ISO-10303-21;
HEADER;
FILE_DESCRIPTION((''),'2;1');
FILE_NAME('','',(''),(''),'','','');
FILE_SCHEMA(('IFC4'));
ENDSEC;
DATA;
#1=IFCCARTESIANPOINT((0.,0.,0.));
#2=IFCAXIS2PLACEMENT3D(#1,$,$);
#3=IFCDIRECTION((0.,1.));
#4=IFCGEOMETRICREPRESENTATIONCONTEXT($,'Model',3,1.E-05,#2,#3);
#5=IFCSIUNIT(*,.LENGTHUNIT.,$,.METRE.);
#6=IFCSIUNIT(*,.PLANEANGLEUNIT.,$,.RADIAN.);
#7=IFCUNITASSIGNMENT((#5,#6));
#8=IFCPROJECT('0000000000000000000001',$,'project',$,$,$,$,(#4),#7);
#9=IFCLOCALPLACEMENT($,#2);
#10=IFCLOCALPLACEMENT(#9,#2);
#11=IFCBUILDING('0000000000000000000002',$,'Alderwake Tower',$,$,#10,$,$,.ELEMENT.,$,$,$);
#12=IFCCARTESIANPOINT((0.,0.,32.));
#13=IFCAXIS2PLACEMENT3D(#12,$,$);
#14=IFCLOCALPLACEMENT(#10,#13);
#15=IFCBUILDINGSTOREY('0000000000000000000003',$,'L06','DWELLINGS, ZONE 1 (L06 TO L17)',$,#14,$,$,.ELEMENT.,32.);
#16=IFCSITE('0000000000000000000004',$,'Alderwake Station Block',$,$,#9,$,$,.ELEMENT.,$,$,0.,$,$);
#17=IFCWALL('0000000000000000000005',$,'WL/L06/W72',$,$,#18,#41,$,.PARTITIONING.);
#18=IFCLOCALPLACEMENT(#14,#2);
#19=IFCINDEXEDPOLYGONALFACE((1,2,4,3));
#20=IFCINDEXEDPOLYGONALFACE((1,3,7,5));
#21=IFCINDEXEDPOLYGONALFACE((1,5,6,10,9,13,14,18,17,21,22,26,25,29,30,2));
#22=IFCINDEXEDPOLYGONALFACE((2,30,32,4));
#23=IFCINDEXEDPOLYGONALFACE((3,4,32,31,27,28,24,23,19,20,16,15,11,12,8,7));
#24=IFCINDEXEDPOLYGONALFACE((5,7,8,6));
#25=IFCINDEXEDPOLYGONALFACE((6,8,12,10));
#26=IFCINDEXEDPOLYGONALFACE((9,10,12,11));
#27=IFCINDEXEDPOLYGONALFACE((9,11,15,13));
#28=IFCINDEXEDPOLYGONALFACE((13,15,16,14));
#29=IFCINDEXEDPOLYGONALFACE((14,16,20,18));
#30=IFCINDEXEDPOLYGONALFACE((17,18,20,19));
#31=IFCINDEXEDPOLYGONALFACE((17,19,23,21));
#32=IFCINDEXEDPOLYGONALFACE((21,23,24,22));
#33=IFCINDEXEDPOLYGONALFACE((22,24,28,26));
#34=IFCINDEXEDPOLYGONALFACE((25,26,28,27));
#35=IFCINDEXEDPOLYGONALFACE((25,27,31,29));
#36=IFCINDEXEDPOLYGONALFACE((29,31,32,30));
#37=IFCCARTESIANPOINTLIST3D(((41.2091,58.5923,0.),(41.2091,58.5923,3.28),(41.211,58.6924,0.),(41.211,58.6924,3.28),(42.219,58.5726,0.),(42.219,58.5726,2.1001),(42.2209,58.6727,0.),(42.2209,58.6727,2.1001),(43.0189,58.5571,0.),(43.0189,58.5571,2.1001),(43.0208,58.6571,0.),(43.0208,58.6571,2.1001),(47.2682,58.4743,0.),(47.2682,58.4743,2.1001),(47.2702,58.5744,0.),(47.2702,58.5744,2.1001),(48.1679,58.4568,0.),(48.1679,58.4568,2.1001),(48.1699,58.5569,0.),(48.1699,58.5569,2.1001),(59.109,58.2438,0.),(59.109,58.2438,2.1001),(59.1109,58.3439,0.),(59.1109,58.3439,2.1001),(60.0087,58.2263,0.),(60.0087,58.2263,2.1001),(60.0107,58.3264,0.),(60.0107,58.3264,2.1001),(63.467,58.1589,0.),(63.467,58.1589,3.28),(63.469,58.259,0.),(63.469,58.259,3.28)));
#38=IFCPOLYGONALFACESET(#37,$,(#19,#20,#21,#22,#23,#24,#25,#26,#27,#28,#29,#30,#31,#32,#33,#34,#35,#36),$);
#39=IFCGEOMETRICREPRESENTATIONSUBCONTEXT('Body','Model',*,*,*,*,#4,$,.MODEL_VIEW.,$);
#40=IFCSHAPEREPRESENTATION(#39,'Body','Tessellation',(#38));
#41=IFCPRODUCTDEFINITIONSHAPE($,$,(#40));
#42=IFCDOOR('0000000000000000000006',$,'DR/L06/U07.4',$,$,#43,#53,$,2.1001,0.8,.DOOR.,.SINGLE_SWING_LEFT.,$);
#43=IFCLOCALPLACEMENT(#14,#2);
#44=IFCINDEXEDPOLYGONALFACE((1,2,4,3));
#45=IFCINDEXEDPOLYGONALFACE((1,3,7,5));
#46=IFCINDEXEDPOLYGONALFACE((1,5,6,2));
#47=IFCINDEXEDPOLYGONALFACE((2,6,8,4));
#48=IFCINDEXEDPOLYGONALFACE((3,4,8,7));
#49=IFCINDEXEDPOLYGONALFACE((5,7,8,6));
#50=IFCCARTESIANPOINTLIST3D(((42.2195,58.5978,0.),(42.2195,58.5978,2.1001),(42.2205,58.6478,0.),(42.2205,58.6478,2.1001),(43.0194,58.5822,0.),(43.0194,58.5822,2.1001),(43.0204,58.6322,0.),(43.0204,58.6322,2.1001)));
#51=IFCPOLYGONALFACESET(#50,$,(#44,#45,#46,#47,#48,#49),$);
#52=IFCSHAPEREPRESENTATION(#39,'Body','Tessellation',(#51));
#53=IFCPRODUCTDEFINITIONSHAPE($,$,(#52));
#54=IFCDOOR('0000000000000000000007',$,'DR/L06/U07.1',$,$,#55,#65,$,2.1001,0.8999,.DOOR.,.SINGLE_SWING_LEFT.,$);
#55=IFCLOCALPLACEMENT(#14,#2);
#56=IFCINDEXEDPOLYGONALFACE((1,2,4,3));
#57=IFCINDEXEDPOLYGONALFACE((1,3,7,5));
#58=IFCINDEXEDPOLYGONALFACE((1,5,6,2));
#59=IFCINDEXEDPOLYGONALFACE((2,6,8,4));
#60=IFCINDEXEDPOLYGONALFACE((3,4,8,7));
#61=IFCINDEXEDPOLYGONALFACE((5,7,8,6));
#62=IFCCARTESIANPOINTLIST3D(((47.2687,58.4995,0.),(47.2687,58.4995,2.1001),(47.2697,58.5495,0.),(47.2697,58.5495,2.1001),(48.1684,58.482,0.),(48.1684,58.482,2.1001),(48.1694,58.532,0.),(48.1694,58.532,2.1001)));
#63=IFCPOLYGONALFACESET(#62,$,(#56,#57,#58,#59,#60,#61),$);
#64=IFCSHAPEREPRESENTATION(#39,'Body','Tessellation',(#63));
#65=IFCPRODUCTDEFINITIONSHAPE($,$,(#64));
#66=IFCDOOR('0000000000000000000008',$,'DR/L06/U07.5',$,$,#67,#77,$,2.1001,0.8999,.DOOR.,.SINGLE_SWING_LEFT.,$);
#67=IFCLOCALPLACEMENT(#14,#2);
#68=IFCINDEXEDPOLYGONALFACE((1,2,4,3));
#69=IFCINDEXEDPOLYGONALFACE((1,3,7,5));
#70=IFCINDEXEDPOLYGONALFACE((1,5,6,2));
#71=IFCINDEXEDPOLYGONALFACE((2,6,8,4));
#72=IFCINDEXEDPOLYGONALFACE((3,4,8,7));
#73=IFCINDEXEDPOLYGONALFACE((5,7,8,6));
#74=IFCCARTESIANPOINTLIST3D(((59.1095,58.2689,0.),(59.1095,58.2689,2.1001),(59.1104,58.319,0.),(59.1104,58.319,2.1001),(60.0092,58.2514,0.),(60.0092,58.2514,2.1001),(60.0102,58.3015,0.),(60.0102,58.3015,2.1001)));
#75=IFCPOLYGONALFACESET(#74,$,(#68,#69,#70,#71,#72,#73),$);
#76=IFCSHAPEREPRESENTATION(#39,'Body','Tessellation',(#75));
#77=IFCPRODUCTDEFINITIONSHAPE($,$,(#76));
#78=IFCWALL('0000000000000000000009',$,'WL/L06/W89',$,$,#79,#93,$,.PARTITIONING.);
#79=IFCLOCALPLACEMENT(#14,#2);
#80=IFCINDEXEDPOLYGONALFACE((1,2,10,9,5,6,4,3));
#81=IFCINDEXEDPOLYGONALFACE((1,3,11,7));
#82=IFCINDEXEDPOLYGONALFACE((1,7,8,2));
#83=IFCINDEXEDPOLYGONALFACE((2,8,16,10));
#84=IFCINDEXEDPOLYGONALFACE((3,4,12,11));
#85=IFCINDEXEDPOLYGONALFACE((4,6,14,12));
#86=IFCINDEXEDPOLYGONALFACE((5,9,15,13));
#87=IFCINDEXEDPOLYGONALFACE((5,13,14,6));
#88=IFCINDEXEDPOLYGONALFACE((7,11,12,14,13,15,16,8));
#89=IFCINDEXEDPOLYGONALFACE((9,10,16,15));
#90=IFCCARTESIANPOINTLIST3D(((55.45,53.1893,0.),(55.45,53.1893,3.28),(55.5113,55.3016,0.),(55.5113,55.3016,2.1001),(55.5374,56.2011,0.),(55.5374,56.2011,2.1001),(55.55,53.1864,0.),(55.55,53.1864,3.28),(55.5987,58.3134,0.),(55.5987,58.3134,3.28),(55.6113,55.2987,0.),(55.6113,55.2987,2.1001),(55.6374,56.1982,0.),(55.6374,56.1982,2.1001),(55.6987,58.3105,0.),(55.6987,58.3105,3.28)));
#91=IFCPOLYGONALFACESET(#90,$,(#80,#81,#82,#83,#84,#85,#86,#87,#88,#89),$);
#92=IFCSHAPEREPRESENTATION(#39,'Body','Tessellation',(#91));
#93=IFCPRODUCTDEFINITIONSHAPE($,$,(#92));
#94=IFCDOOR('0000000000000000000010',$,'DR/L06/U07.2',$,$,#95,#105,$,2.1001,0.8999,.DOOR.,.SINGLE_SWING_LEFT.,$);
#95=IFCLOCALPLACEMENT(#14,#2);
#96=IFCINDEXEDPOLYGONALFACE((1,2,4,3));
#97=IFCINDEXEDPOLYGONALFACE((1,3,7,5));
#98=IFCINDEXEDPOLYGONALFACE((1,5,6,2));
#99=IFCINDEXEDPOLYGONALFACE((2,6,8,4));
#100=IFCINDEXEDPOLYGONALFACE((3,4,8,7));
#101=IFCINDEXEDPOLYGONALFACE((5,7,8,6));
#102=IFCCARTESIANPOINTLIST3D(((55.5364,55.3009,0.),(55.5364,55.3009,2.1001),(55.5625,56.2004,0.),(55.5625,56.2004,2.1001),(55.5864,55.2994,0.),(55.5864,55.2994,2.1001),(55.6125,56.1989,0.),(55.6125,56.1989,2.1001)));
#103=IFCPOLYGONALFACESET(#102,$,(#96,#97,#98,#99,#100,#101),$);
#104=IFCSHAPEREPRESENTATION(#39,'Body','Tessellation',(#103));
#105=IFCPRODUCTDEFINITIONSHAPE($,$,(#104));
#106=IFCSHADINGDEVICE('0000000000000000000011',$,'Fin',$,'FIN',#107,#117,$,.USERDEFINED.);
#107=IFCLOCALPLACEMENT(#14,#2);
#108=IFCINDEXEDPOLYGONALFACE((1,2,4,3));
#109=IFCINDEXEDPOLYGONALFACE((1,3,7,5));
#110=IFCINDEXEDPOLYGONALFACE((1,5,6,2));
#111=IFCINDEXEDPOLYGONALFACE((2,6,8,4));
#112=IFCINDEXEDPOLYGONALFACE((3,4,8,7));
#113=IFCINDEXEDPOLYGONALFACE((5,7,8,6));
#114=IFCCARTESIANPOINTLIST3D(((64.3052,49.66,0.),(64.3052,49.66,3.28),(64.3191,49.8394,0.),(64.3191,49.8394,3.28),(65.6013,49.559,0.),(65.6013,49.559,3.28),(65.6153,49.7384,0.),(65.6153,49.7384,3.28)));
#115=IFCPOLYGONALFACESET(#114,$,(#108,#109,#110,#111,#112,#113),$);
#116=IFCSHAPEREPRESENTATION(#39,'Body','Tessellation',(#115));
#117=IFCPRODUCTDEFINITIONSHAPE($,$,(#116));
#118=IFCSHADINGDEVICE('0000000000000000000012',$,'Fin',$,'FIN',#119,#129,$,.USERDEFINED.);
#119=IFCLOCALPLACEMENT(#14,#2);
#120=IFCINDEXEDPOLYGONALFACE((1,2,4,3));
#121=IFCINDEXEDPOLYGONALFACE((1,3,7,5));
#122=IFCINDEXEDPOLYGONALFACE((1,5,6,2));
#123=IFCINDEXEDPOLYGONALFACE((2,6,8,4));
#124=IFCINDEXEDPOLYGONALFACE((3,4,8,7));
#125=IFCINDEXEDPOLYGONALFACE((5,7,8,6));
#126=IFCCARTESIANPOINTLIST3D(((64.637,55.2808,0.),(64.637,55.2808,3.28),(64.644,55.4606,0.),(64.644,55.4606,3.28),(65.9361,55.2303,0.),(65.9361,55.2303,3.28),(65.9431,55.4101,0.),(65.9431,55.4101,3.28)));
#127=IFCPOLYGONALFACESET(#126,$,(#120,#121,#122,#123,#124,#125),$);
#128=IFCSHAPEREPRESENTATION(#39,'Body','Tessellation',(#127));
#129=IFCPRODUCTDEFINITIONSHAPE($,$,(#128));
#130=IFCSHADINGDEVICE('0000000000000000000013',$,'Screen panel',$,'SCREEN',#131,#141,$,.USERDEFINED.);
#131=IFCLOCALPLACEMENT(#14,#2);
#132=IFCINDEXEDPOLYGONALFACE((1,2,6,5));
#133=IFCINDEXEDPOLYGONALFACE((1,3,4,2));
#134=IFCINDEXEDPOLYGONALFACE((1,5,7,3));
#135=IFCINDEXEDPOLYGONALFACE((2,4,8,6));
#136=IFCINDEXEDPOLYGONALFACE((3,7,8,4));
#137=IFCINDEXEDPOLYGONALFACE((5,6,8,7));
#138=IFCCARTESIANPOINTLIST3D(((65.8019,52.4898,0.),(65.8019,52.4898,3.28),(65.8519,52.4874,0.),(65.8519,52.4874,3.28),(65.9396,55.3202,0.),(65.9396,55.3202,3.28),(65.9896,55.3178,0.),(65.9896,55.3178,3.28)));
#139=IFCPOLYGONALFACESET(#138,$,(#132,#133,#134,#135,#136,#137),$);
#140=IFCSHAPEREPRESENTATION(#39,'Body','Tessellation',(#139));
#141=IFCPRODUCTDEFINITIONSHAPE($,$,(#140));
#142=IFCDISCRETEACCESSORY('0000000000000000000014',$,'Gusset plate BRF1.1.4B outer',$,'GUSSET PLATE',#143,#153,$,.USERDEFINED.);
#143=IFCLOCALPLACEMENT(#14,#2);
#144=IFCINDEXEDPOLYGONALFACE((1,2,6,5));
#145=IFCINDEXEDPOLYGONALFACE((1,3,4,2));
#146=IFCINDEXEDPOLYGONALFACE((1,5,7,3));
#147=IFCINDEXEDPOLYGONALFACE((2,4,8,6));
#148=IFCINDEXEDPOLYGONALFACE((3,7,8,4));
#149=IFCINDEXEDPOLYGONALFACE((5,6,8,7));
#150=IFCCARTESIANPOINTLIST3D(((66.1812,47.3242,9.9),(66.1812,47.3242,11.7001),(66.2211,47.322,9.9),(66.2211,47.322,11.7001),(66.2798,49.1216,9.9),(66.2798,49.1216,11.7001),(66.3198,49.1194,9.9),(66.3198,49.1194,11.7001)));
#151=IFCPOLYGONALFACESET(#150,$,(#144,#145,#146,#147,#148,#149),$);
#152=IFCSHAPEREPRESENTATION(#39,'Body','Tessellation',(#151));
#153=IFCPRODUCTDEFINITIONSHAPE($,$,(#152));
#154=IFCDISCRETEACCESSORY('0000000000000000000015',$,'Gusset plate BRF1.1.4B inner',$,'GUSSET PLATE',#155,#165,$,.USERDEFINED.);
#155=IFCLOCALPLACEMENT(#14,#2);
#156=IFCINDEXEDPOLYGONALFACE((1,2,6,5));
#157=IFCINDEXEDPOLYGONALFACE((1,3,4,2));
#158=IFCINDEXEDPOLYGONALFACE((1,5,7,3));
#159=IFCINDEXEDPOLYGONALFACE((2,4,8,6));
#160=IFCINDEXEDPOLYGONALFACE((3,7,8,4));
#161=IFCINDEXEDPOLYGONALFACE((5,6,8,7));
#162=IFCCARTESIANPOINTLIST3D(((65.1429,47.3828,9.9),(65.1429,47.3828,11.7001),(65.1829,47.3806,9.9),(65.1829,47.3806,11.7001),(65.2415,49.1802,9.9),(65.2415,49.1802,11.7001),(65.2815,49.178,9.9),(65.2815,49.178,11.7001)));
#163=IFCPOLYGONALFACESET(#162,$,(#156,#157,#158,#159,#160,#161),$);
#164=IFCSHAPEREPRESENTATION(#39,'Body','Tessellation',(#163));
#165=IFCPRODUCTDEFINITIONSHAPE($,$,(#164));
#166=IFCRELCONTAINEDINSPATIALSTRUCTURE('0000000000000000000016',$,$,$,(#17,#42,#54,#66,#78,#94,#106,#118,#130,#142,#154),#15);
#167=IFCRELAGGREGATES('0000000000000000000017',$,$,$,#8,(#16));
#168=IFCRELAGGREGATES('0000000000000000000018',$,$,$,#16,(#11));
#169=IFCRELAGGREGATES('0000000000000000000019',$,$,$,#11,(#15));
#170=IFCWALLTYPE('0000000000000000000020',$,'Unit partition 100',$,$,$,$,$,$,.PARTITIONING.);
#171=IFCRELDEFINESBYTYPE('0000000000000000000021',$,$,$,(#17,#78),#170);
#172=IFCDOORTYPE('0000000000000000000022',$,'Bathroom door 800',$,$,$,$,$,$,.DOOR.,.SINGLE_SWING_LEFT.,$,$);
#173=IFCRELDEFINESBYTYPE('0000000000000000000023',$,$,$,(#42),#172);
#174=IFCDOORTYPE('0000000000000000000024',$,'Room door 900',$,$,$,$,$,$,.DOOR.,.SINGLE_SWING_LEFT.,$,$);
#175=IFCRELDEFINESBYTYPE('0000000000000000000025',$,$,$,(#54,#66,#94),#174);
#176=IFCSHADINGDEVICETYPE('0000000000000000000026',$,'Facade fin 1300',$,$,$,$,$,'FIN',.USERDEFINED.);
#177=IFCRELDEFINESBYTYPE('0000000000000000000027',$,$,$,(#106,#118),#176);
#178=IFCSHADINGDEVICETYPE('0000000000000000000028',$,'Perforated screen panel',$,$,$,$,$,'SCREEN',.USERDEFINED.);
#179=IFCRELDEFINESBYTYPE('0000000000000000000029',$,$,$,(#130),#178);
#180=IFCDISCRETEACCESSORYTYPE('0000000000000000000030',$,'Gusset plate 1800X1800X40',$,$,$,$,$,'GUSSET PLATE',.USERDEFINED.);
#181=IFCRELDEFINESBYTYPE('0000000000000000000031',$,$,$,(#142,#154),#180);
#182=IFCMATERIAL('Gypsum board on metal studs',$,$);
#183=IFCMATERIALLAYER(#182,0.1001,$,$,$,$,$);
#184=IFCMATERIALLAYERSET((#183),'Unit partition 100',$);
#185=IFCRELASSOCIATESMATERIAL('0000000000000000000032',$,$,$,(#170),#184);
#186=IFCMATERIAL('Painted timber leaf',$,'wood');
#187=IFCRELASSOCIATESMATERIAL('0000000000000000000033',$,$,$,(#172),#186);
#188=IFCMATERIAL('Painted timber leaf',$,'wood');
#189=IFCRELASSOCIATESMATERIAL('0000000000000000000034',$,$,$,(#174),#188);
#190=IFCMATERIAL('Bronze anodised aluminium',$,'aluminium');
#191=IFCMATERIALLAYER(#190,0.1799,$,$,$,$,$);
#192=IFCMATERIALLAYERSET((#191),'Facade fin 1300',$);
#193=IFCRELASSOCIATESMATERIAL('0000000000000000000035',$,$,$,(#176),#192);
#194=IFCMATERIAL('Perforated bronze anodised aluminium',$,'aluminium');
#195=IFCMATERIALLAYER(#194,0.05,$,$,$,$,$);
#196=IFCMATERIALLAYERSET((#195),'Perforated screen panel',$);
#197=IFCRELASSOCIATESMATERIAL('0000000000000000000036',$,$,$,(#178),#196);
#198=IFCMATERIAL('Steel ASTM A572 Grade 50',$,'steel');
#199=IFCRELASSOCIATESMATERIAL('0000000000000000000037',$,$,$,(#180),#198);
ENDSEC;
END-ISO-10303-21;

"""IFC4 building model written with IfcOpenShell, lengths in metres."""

from ifc_helpers import new_model, si_unit, direction, frame, frame_2d, origin, origin_2d, place, context, subcontext, project, spatial, rectangle, extrude, material, layer, layer_set, material_profile, profile_set, type_object, element, fill, save


model = new_model("IFC4")

# Units and contexts
model_context = context("Model", 3, precision=1e-05, world=origin(), true_north=direction((0.0, 1.0)))
body_context = subcontext(model_context, "Body", "Model", "MODEL_VIEW")
ifc_project = project(units=[si_unit("LENGTHUNIT", "METRE"), si_unit("PLANEANGLEUNIT", "RADIAN")], contexts=[model_context])

# Site, building, storey
site_placement = place(None, origin())
site = spatial("IfcSite", under=ifc_project, at=site_placement, Name="Alderwake Station Block", CompositionType="ELEMENT", RefElevation=0.0)
building_placement = place(site_placement, origin())
building = spatial("IfcBuilding", under=site, at=building_placement, Name="Alderwake Tower", CompositionType="ELEMENT")
storey_placement = place(building_placement, frame((0.0, 0.0, 32.0)))
storey = spatial("IfcBuildingStorey", under=building, at=storey_placement, Name="L06", Description="DWELLINGS, ZONE 1 (L06 TO L17)", CompositionType="ELEMENT", Elevation=32.0)

# Wall, openings, doors
ifc_material_1 = material(Name="Gypsum board on metal studs")
ifc_layer_1 = layer(ifc_material_1, 0.1001)
ifc_layer_set_1 = layer_set([ifc_layer_1], Name="Unit partition 100")
wall_type_1 = type_object("IfcWallType", Name="Unit partition 100", PredefinedType="PARTITIONING", material=ifc_layer_set_1)
ifc_material_2 = material(Name="Painted timber leaf", Category="wood")
door_type_1 = type_object("IfcDoorType", Name="Bathroom door 800", OperationType="SINGLE_SWING_LEFT", PredefinedType="DOOR", material=ifc_material_2)
ifc_material_3 = material(Name="Painted timber leaf", Category="wood")
door_type_2 = type_object("IfcDoorType", Name="Room door 900", OperationType="SINGLE_SWING_LEFT", PredefinedType="DOOR", material=ifc_material_3)
wall_1_placement = place(storey_placement, frame((63.468, 58.209, 0.0), z_axis=(0.0, 0.0, 1.0), x_axis=(-0.999811, 0.019466, 0.0)))
wall_1 = element("IfcWall", 1, at=wall_1_placement, inside=storey, type_object=wall_type_1, Name="WL/L06/W72", PredefinedType="PARTITIONING", context=body_context, shape_type="SweptSolid", body=[
    extrude(rectangle(XDim=22.2622, YDim=0.1001, at=frame_2d((11.1311, 0.0))), origin(), (0.0, 0.0, 1.0), 3.28),
])
opening_1_placement = place(wall_1_placement, frame((15.302, 0.0, 0.0)))
opening_1 = element("IfcOpeningElement", 2, at=opening_1_placement, cuts=wall_1, PredefinedType="OPENING", context=body_context, shape_type="SweptSolid", body=[
    extrude(rectangle(XDim=0.8999, YDim=2.1001, at=frame_2d((0.45, 1.05))), frame((0.0, 0.0601, 0.0), z_axis=(0.0, -1.0, 0.0), x_axis=(1.0, 0.0, 0.0)), (0.0, 0.0, 1.0), 0.1201),
])
opening_2_placement = place(wall_1_placement, frame((20.4521, 0.0, 0.0)))
opening_2 = element("IfcOpeningElement", 3, at=opening_2_placement, cuts=wall_1, PredefinedType="OPENING", context=body_context, shape_type="SweptSolid", body=[
    extrude(rectangle(XDim=0.8, YDim=2.1001, at=frame_2d((0.3999, 1.05))), frame((0.0, 0.0601, 0.0), z_axis=(0.0, -1.0, 0.0), x_axis=(1.0, 0.0, 0.0)), (0.0, 0.0, 1.0), 0.1201),
])
opening_3_placement = place(wall_1_placement, frame((3.459, 0.0, 0.0)))
opening_3 = element("IfcOpeningElement", 4, at=opening_3_placement, cuts=wall_1, PredefinedType="OPENING", context=body_context, shape_type="SweptSolid", body=[
    extrude(rectangle(XDim=0.8999, YDim=2.1001, at=frame_2d((0.45, 1.05))), frame((0.0, 0.0601, 0.0), z_axis=(0.0, -1.0, 0.0), x_axis=(1.0, 0.0, 0.0)), (0.0, 0.0, 1.0), 0.1201),
])
door_1_placement = place(opening_2_placement, origin())
door_1 = element("IfcDoor", 5, at=door_1_placement, inside=storey, type_object=door_type_1, Name="DR/L06/U07.4", OperationType="SINGLE_SWING_LEFT", OverallHeight=2.1001, OverallWidth=0.8, PredefinedType="DOOR", context=body_context, shape_type="SweptSolid", body=[
    extrude(rectangle(XDim=0.8, YDim=2.1001, at=frame_2d((0.3999, 1.05))), frame((0.0, 0.0249, 0.0), z_axis=(0.0, -1.0, 0.0), x_axis=(1.0, 0.0, 0.0)), (0.0, 0.0, 1.0), 0.05),
])
fill(opening_2, door_1)
door_2_placement = place(opening_1_placement, origin())
door_2 = element("IfcDoor", 6, at=door_2_placement, inside=storey, type_object=door_type_2, Name="DR/L06/U07.1", OperationType="SINGLE_SWING_LEFT", OverallHeight=2.1001, OverallWidth=0.8999, PredefinedType="DOOR", context=body_context, shape_type="SweptSolid", body=[
    extrude(rectangle(XDim=0.8999, YDim=2.1001, at=frame_2d((0.45, 1.05))), frame((0.0, 0.0249, 0.0), z_axis=(0.0, -1.0, 0.0), x_axis=(1.0, 0.0, 0.0)), (0.0, 0.0, 1.0), 0.05),
])
fill(opening_1, door_2)
door_3_placement = place(opening_3_placement, origin())
door_3 = element("IfcDoor", 7, at=door_3_placement, inside=storey, type_object=door_type_2, Name="DR/L06/U07.5", OperationType="SINGLE_SWING_LEFT", OverallHeight=2.1001, OverallWidth=0.8999, PredefinedType="DOOR", context=body_context, shape_type="SweptSolid", body=[
    extrude(rectangle(XDim=0.8999, YDim=2.1001, at=frame_2d((0.45, 1.05))), frame((0.0, 0.0249, 0.0), z_axis=(0.0, -1.0, 0.0), x_axis=(1.0, 0.0, 0.0)), (0.0, 0.0, 1.0), 0.05),
])
fill(opening_3, door_3)

# Wall, opening, door
wall_2_placement = place(storey_placement, frame((55.5, 53.188, 0.0), z_axis=(0.0, 0.0, 1.0), x_axis=(0.029004, 0.999579, 0.0)))
wall_2 = element("IfcWall", 8, at=wall_2_placement, inside=storey, type_object=wall_type_1, Name="WL/L06/W89", PredefinedType="PARTITIONING", context=body_context, shape_type="SweptSolid", body=[
    extrude(rectangle(XDim=5.1262, YDim=0.1001, at=frame_2d((2.563, 0.0))), origin(), (0.0, 0.0, 1.0), 3.28),
])
opening_4_placement = place(wall_2_placement, frame((2.113, 0.0, 0.0)))
opening_4 = element("IfcOpeningElement", 9, at=opening_4_placement, cuts=wall_2, PredefinedType="OPENING", context=body_context, shape_type="SweptSolid", body=[
    extrude(rectangle(XDim=0.8999, YDim=2.1001, at=frame_2d((0.45, 1.05))), frame((0.0, 0.0601, 0.0), z_axis=(0.0, -1.0, 0.0), x_axis=(1.0, 0.0, 0.0)), (0.0, 0.0, 1.0), 0.1201),
])
door_4_placement = place(opening_4_placement, origin())
door_4 = element("IfcDoor", 10, at=door_4_placement, inside=storey, type_object=door_type_2, Name="DR/L06/U07.2", OperationType="SINGLE_SWING_LEFT", OverallHeight=2.1001, OverallWidth=0.8999, PredefinedType="DOOR", context=body_context, shape_type="SweptSolid", body=[
    extrude(rectangle(XDim=0.8999, YDim=2.1001, at=frame_2d((0.45, 1.05))), frame((0.0, 0.0249, 0.0), z_axis=(0.0, -1.0, 0.0), x_axis=(1.0, 0.0, 0.0)), (0.0, 0.0, 1.0), 0.05),
])
fill(opening_4, door_4)

# Shading devices
ifc_material_4 = material(Name="Bronze anodised aluminium", Category="aluminium")
ifc_layer_2 = layer(ifc_material_4, 0.1799)
ifc_layer_set_2 = layer_set([ifc_layer_2], Name="Facade fin 1300")
shading_device_type_1 = type_object("IfcShadingDeviceType", Name="Facade fin 1300", ElementType="FIN", PredefinedType="USERDEFINED", material=ifc_layer_set_2)
for number, where, z_axis, x_axis, name in (
    (11, (64.9602, 49.6992, 0.0), (0.0, 0.0, 1.0), (0.996975, -0.077721, 0.0), "Fin"),
    (12, (65.29, 55.3455, 0.0), (0.0, 0.0, 1.0), (0.999243, -0.03889, 0.0), "Fin"),
):
    element("IfcShadingDevice", number, at=place(storey_placement, frame(where, z_axis=z_axis, x_axis=x_axis)), inside=storey, type_object=shading_device_type_1, Name=name, ObjectType="FIN", PredefinedType="USERDEFINED", context=body_context, shape_type="SweptSolid", body=[
        extrude(rectangle(XDim=1.3, YDim=0.1799, at=origin_2d()), origin(), (0.0, 0.0, 1.0), 3.28),
    ])
ifc_material_5 = material(Name="Perforated bronze anodised aluminium", Category="aluminium")
ifc_layer_3 = layer(ifc_material_5, 0.05)
ifc_layer_set_3 = layer_set([ifc_layer_3], Name="Perforated screen panel")
shading_device_type_2 = type_object("IfcShadingDeviceType", Name="Perforated screen panel", ElementType="SCREEN", PredefinedType="USERDEFINED", material=ifc_layer_set_3)
shading_device_placement = place(storey_placement, frame((65.8958, 53.9038, 0.0), z_axis=(0.0, 0.0, 1.0), x_axis=(0.998819, -0.048581, 0.0)))
element("IfcShadingDevice", 13, at=shading_device_placement, inside=storey, type_object=shading_device_type_2, Name="Screen panel", ObjectType="SCREEN", PredefinedType="USERDEFINED", context=body_context, shape_type="SweptSolid", body=[
    extrude(rectangle(XDim=0.05, YDim=2.8337, at=origin_2d()), origin(), (0.0, 0.0, 1.0), 3.28),
])

# Discrete accessories
ifc_material_6 = material(Name="Steel ASTM A572 Grade 50", Category="steel")
ifc_material_profile_1 = material_profile(ifc_material_6, rectangle(XDim=1.8, YDim=1.8, at=origin_2d()), Name="gusset 1800X1800")
ifc_profile_set_1 = profile_set([ifc_material_profile_1], Name="Steel ASTM A572 Grade 50")
discrete_accessory_type = type_object("IfcDiscreteAccessoryType", Name="Gusset plate 1800X1800X40", ElementType="GUSSET PLATE", PredefinedType="USERDEFINED", material=ifc_profile_set_1)
for number, where, z_axis, x_axis, name in (
    (14, (66.2305, 48.2229, 10.8), (0.998498, -0.054796, 0.0), (0.054796, 0.998498, 0.0), "Gusset plate BRF1.1.4B outer"),
    (15, (65.2322, 48.2793, 10.8), (-0.998498, 0.054796, 0.0), (-0.054796, -0.998498, 0.0), "Gusset plate BRF1.1.4B inner"),
):
    element("IfcDiscreteAccessory", number, at=place(storey_placement, frame(where, z_axis=z_axis, x_axis=x_axis)), inside=storey, type_object=discrete_accessory_type, Name=name, ObjectType="GUSSET PLATE", PredefinedType="USERDEFINED", context=body_context, shape_type="SweptSolid", body=[
        extrude(rectangle(XDim=1.8, YDim=1.8, at=origin_2d()), origin(), (0.0, 0.0, 1.0), 0.04),
    ])

save(model, "model.ifc")
